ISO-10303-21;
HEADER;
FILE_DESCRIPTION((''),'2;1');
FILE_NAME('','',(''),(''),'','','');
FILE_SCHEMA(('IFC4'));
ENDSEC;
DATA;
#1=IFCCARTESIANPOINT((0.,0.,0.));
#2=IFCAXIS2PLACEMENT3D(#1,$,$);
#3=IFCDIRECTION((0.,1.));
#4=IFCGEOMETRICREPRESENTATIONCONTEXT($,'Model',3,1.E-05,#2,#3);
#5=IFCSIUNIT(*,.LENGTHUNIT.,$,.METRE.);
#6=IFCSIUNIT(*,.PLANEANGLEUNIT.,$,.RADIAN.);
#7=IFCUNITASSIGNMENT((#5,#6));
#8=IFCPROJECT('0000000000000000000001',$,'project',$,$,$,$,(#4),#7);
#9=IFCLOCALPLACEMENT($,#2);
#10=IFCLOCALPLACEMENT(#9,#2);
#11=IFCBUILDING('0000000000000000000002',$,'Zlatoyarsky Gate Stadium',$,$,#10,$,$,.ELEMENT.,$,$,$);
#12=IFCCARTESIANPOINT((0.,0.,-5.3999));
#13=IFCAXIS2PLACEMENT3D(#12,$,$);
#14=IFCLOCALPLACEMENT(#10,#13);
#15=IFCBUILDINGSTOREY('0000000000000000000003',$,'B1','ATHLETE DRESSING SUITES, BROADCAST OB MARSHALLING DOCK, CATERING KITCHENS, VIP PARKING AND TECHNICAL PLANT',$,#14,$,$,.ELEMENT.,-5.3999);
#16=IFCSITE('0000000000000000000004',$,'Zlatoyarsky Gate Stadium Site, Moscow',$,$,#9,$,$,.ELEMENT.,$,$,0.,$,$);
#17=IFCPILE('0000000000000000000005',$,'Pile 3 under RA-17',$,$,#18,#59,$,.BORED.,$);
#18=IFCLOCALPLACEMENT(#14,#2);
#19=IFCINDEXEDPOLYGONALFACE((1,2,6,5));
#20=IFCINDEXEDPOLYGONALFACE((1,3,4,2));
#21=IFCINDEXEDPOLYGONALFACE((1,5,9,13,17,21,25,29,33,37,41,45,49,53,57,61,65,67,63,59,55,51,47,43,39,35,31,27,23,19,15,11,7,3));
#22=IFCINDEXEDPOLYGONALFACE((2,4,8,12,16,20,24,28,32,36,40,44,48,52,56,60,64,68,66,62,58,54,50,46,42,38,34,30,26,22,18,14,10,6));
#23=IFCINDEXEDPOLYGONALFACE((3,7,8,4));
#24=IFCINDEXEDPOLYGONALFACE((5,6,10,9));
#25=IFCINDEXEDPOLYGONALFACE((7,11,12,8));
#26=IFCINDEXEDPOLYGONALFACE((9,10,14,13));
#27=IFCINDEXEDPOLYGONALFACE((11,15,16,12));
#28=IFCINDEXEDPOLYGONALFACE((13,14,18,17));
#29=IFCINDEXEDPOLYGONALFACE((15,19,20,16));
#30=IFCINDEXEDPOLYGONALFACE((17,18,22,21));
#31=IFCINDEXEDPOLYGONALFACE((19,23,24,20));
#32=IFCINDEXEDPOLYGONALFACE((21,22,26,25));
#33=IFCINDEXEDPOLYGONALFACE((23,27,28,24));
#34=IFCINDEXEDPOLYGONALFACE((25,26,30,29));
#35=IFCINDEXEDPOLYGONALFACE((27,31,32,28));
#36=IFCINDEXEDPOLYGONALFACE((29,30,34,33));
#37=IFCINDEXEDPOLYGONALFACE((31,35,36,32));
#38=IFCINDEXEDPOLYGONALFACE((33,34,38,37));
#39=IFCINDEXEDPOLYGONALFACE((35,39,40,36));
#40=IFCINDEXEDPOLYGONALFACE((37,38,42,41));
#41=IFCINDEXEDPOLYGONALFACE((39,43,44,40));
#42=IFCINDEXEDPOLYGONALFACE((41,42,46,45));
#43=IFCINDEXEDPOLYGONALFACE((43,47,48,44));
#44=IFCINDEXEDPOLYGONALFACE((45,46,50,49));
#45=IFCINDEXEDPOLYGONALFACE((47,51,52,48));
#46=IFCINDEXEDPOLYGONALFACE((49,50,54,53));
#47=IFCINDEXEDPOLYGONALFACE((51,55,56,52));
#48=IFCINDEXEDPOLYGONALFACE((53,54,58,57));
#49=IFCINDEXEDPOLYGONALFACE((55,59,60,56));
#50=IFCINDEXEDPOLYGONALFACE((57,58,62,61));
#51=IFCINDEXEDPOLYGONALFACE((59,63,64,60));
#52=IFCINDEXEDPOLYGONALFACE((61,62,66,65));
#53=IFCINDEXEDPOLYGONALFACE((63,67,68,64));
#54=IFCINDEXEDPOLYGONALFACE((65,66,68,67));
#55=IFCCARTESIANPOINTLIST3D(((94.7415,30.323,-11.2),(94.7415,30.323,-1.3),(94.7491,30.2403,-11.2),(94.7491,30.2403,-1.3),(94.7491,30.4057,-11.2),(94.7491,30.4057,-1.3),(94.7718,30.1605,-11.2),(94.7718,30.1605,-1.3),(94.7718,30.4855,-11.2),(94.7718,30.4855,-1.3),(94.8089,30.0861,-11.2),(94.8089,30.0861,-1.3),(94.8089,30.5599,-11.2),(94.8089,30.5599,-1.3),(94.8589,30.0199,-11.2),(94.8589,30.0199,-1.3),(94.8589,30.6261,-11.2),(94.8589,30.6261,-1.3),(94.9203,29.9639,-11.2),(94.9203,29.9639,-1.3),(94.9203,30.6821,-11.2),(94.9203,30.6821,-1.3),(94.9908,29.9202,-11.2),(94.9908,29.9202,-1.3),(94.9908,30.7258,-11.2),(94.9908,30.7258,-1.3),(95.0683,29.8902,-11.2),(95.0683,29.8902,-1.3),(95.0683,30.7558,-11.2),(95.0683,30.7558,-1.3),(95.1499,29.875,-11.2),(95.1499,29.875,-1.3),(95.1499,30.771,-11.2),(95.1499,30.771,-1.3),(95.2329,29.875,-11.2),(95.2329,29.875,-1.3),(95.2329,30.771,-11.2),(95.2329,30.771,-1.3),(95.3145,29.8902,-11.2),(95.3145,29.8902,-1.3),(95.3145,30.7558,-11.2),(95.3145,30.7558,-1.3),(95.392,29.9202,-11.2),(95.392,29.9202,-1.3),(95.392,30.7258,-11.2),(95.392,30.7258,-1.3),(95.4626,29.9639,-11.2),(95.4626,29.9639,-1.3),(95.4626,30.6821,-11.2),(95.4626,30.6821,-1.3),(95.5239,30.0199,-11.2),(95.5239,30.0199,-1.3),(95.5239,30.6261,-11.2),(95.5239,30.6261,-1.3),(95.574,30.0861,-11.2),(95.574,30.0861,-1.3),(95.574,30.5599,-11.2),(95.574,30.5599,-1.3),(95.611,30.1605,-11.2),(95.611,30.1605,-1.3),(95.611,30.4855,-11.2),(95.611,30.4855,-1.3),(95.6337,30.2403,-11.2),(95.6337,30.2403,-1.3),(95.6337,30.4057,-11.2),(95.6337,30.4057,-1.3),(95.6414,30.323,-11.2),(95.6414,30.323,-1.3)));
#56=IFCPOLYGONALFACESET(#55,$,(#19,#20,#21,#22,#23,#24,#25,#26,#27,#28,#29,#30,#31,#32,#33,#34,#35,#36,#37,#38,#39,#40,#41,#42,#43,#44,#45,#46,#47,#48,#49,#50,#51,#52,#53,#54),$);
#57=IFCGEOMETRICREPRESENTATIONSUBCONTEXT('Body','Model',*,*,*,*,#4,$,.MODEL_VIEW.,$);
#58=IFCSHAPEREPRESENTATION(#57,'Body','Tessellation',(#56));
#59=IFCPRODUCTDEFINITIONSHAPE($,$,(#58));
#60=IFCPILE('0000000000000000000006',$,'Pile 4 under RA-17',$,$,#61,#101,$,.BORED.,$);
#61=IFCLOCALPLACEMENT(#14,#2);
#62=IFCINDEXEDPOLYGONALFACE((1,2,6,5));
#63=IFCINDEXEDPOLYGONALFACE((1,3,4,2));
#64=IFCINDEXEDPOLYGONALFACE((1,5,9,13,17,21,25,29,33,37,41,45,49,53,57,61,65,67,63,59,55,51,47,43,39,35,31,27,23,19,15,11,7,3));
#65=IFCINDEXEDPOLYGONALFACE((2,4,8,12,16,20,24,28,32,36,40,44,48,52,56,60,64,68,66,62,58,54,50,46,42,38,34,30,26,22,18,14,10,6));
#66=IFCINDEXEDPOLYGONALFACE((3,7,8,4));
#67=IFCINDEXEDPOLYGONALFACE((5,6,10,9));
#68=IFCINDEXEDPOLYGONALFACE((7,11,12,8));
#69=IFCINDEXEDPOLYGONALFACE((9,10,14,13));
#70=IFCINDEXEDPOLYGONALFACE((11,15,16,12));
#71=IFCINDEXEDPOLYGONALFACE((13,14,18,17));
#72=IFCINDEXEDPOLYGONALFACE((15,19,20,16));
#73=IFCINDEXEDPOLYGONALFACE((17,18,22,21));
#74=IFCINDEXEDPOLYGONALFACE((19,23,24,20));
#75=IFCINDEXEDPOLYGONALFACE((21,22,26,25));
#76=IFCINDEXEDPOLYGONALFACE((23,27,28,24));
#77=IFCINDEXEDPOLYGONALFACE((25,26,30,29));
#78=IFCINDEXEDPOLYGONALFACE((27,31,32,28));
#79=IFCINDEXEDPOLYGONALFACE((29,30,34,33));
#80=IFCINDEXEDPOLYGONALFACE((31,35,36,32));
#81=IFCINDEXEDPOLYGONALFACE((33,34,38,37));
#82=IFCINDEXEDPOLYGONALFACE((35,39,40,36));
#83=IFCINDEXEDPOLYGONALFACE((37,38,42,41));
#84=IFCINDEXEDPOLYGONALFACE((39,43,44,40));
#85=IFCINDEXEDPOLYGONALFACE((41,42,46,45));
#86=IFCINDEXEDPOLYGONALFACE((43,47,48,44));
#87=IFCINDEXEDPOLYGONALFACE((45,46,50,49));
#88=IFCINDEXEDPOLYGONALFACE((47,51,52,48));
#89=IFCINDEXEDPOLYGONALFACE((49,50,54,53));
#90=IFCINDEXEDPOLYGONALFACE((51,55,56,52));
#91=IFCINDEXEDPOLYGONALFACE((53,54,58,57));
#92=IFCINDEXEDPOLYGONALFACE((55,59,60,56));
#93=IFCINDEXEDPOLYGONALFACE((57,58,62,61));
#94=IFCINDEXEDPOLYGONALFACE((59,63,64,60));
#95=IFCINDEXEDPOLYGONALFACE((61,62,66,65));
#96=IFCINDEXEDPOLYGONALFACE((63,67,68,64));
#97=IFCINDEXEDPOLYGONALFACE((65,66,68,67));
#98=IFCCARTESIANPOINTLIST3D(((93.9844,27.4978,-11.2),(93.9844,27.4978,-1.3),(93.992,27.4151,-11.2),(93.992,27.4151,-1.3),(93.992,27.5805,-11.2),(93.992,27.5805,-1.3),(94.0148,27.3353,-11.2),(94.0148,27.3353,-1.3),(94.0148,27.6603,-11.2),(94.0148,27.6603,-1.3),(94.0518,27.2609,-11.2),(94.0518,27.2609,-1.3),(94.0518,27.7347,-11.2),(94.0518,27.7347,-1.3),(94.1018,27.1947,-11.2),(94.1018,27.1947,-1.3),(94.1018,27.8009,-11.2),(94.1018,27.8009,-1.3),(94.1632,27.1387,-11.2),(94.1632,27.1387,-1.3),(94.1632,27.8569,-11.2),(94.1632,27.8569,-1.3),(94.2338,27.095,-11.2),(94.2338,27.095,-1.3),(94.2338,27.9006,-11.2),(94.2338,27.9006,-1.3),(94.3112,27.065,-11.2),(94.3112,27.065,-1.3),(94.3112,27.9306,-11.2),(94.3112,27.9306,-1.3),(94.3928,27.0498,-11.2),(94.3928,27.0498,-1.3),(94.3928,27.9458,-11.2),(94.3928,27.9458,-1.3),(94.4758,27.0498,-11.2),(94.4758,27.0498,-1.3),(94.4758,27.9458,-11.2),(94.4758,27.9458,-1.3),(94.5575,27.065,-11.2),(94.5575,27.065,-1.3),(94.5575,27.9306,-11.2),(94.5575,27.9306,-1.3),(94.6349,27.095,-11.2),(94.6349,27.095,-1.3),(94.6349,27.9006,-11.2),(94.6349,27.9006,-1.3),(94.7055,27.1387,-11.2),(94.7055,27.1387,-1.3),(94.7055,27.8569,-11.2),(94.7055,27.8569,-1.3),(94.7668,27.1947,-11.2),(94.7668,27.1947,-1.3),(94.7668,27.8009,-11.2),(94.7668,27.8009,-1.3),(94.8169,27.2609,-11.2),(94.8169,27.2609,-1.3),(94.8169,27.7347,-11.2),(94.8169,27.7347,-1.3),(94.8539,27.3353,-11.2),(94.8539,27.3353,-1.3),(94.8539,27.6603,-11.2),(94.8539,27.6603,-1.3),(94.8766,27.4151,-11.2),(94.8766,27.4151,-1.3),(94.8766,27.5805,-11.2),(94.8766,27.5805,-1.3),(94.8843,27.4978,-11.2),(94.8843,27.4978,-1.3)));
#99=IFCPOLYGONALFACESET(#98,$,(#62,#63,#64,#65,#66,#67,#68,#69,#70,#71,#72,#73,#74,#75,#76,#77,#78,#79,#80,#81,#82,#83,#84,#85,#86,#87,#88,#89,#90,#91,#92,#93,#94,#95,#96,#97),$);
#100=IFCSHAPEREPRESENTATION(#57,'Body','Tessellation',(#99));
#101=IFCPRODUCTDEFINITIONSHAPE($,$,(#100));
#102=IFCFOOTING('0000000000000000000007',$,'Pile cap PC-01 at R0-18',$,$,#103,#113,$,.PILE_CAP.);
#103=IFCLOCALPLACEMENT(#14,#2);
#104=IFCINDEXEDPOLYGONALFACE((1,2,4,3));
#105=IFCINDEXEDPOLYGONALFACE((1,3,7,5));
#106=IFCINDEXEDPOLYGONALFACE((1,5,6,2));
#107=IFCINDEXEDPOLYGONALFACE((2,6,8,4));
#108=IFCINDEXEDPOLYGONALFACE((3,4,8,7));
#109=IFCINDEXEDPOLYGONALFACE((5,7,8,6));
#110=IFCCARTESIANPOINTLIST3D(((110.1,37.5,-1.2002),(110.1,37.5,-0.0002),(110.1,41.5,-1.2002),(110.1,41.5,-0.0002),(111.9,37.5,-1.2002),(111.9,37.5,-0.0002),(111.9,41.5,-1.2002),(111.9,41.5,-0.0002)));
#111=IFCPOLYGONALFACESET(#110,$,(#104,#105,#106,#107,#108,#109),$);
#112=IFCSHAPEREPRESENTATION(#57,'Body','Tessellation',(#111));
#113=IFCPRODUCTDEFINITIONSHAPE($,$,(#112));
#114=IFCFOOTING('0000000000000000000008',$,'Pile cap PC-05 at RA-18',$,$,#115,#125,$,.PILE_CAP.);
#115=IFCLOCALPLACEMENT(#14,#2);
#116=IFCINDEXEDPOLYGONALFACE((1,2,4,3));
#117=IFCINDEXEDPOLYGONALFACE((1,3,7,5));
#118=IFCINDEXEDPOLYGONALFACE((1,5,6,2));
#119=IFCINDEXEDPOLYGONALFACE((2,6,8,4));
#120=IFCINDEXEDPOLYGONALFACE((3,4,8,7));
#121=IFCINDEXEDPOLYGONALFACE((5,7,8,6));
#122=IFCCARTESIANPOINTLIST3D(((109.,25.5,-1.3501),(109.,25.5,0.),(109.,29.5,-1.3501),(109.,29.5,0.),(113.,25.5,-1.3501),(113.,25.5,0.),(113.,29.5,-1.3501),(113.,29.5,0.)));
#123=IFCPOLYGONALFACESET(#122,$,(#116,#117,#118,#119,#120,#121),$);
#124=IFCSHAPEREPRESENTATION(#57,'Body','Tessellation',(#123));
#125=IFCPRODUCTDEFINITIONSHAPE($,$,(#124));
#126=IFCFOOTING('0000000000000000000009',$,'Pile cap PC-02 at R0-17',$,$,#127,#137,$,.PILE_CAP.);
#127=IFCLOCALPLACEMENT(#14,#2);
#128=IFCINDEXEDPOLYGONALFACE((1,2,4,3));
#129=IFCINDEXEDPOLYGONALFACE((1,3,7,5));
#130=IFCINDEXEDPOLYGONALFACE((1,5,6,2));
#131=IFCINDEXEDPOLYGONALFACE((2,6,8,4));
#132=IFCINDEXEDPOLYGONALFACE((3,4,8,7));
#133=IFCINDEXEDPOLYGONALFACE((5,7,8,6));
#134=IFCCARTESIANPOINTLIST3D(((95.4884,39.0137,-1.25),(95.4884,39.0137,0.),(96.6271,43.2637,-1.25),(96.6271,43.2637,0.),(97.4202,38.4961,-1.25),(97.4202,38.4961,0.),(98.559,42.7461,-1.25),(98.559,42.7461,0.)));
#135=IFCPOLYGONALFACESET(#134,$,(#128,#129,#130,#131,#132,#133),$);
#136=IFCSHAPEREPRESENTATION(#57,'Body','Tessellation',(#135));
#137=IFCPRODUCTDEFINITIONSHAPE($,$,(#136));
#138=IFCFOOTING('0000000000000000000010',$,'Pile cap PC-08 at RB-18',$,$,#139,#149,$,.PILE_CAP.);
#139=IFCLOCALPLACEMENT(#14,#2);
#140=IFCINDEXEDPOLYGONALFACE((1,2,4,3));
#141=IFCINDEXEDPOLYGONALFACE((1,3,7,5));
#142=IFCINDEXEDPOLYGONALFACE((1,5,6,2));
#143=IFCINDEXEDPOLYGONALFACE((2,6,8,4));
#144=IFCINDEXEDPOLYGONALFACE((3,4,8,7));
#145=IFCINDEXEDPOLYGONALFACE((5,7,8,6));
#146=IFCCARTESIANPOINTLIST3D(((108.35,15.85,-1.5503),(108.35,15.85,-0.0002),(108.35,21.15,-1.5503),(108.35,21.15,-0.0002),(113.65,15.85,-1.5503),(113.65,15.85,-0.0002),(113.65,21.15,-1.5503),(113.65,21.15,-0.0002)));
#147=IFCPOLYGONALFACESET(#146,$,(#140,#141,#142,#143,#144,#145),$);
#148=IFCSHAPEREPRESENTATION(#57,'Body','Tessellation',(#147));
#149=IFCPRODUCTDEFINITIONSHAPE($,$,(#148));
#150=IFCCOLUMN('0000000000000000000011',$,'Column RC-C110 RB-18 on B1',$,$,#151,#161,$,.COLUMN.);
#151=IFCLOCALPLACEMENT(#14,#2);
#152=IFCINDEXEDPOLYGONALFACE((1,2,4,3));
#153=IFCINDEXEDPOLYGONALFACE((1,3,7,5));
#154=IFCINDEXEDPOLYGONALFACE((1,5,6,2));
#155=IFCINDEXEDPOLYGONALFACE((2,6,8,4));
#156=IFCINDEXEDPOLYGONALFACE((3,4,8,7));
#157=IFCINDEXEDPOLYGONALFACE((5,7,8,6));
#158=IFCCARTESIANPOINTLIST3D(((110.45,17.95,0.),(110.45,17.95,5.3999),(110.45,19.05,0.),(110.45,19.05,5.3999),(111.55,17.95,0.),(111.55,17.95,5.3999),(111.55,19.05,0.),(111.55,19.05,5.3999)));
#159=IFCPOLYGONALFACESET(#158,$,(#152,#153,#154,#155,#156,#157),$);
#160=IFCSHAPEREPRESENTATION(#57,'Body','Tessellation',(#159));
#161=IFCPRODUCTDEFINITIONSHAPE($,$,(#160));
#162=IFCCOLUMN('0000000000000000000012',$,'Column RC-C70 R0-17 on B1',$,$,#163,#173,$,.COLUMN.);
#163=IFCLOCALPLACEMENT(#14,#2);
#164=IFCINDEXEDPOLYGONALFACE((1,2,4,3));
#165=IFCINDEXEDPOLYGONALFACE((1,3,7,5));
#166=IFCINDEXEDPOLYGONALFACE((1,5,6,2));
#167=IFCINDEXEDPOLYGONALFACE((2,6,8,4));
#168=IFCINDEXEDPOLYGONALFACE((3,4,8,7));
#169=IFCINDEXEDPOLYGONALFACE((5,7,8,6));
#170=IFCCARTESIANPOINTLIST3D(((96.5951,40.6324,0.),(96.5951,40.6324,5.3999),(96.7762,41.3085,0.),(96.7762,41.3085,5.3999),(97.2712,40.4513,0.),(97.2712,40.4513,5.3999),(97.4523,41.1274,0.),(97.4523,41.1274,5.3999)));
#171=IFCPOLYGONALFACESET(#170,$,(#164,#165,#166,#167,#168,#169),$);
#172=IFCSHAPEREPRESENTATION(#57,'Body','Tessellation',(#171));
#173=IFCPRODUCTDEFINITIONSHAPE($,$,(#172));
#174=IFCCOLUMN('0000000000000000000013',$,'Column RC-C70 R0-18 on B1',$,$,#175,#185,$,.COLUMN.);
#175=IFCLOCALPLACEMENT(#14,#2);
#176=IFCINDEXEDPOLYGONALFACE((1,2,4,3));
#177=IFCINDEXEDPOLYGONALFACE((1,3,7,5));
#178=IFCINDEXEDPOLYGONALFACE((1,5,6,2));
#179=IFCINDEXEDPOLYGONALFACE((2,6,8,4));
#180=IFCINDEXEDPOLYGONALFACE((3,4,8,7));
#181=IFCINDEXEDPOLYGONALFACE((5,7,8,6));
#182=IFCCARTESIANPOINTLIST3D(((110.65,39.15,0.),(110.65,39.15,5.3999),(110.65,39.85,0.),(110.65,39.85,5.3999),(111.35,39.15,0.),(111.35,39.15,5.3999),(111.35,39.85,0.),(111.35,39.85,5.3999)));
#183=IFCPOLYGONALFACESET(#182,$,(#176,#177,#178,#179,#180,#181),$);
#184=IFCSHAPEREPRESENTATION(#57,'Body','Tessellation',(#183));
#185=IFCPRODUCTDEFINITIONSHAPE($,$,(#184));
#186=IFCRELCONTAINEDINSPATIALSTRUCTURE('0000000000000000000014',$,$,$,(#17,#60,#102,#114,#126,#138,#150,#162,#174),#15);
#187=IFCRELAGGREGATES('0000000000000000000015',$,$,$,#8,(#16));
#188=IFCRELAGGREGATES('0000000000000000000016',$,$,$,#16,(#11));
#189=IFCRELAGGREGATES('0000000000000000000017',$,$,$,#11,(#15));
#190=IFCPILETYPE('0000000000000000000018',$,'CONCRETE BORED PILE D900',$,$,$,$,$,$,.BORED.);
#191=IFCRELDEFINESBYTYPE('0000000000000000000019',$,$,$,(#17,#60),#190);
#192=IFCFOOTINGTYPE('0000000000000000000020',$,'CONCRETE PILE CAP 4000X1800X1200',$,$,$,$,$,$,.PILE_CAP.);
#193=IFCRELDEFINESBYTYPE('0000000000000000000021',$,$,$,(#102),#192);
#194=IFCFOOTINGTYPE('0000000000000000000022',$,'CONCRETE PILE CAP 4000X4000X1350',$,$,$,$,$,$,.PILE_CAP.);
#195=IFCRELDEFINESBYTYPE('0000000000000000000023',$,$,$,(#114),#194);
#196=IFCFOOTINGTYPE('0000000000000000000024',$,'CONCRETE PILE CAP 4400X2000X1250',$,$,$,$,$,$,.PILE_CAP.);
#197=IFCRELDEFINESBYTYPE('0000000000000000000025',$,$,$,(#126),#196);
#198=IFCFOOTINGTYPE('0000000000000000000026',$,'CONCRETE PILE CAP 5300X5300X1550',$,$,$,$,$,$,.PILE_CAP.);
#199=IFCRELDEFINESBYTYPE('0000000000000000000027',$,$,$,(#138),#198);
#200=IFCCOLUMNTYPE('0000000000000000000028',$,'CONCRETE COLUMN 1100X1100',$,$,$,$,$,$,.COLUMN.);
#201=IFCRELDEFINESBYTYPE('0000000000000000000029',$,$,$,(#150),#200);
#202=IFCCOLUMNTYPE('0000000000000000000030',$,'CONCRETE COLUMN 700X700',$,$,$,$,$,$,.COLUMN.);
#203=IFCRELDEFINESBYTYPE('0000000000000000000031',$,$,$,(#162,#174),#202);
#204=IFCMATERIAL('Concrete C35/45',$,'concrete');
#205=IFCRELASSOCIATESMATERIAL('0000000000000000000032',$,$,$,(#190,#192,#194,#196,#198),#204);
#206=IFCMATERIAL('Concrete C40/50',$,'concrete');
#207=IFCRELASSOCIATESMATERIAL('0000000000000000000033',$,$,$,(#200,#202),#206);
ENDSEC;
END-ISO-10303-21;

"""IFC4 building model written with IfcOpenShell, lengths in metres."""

from ifc_helpers import new_model, si_unit, direction, frame, origin, origin_2d, place, context, subcontext, project, spatial, rectangle, circle, extrude, material, material_profile, profile_set, type_object, element, save


model = new_model("IFC4")

# Units and contexts
model_context = context("Model", 3, precision=1e-05, world=origin(), true_north=direction((0.0, 1.0)))
body_context = subcontext(model_context, "Body", "Model", "MODEL_VIEW")
ifc_project = project(units=[si_unit("LENGTHUNIT", "METRE"), si_unit("PLANEANGLEUNIT", "RADIAN")], contexts=[model_context])

# Site, building, storey
site_placement = place(None, origin())
site = spatial("IfcSite", under=ifc_project, at=site_placement, Name="Zlatoyarsky Gate Stadium Site, Moscow", CompositionType="ELEMENT", RefElevation=0.0)
building_placement = place(site_placement, origin())
building = spatial("IfcBuilding", under=site, at=building_placement, Name="Zlatoyarsky Gate Stadium", CompositionType="ELEMENT")
storey_placement = place(building_placement, frame((0.0, 0.0, -5.3999)))
storey = spatial("IfcBuildingStorey", under=building, at=storey_placement, Name="B1", Description="ATHLETE DRESSING SUITES, BROADCAST OB MARSHALLING DOCK, CATERING KITCHENS, VIP PARKING AND TECHNICAL PLANT", CompositionType="ELEMENT", Elevation=-5.3999)

# Piles
ifc_material_1 = material(Name="Concrete C35/45", Category="concrete")
ifc_material_profile_1 = material_profile(ifc_material_1, circle(Radius=0.45, at=origin_2d()), Name="BORED PILE D900")
ifc_profile_set_1 = profile_set([ifc_material_profile_1], Name="Concrete C35/45")
pile_type_1 = type_object("IfcPileType", Name="CONCRETE BORED PILE D900", PredefinedType="BORED", material=ifc_profile_set_1)
for number, where, z_axis, x_axis, name in (
    (1, (95.1914, 30.323, -1.3), (0.0, 0.0, -1.0), (1.0, 0.0, 0.0), "Pile 3 under RA-17"),
    (2, (94.4343, 27.4978, -1.3), (0.0, 0.0, -1.0), (1.0, 0.0, 0.0), "Pile 4 under RA-17"),
):
    element("IfcPile", number, at=place(storey_placement, frame(where, z_axis=z_axis, x_axis=x_axis)), inside=storey, type_object=pile_type_1, Name=name, PredefinedType="BORED", context=body_context, shape_type="SweptSolid", body=[
        extrude(circle(Radius=0.45, at=origin_2d()), origin(), (0.0, 0.0, 1.0), 9.8999),
    ])

# Footings
footing_type_1 = type_object("IfcFootingType", Name="CONCRETE PILE CAP 4000X1800X1200", PredefinedType="PILE_CAP", material=ifc_material_1)
footing_1_placement = place(storey_placement, frame((111.0, 39.5, -1.2002), z_axis=(0.0, 0.0, 1.0), x_axis=(0.0, -1.0, 0.0)))
element("IfcFooting", 3, at=footing_1_placement, inside=storey, type_object=footing_type_1, Name="Pile cap PC-01 at R0-18", PredefinedType="PILE_CAP", context=body_context, shape_type="SweptSolid", body=[
    extrude(rectangle(XDim=4.0, YDim=1.8, at=origin_2d()), origin(), (0.0, 0.0, 1.0), 1.2),
])
footing_type_2 = type_object("IfcFootingType", Name="CONCRETE PILE CAP 4000X4000X1350", PredefinedType="PILE_CAP", material=ifc_material_1)
footing_2_placement = place(storey_placement, frame((111.0, 27.5, -1.3501), z_axis=(0.0, 0.0, 1.0), x_axis=(0.0, -1.0, 0.0)))
element("IfcFooting", 4, at=footing_2_placement, inside=storey, type_object=footing_type_2, Name="Pile cap PC-05 at RA-18", PredefinedType="PILE_CAP", context=body_context, shape_type="SweptSolid", body=[
    extrude(rectangle(XDim=4.0, YDim=4.0, at=origin_2d()), origin(), (0.0, 0.0, 1.0), 1.3501),
])
footing_type_3 = type_object("IfcFootingType", Name="CONCRETE PILE CAP 4400X2000X1250", PredefinedType="PILE_CAP", material=ifc_material_1)
footing_3_placement = place(storey_placement, frame((97.0237, 40.8799, -1.25), z_axis=(0.0, 0.0, 1.0), x_axis=(-0.258819, -0.965926, 0.0)))
element("IfcFooting", 5, at=footing_3_placement, inside=storey, type_object=footing_type_3, Name="Pile cap PC-02 at R0-17", PredefinedType="PILE_CAP", context=body_context, shape_type="SweptSolid", body=[
    extrude(rectangle(XDim=4.3999, YDim=2.0, at=origin_2d()), origin(), (0.0, 0.0, 1.0), 1.25),
])
footing_type_4 = type_object("IfcFootingType", Name="CONCRETE PILE CAP 5300X5300X1550", PredefinedType="PILE_CAP", material=ifc_material_1)
footing_4_placement = place(storey_placement, frame((111.0, 18.5, -1.5503), z_axis=(0.0, 0.0, 1.0), x_axis=(0.0, -1.0, 0.0)))
element("IfcFooting", 6, at=footing_4_placement, inside=storey, type_object=footing_type_4, Name="Pile cap PC-08 at RB-18", PredefinedType="PILE_CAP", context=body_context, shape_type="SweptSolid", body=[
    extrude(rectangle(XDim=5.3, YDim=5.3, at=origin_2d()), origin(), (0.0, 0.0, 1.0), 1.55),
])

# Columns
ifc_material_2 = material(Name="Concrete C40/50", Category="concrete")
ifc_material_profile_2 = material_profile(ifc_material_2, rectangle(XDim=1.1001, YDim=1.1001, at=origin_2d()), Name="RC COL 1100X1100")
ifc_profile_set_2 = profile_set([ifc_material_profile_2], Name="Concrete C40/50")
column_type_1 = type_object("IfcColumnType", Name="CONCRETE COLUMN 1100X1100", PredefinedType="COLUMN", material=ifc_profile_set_2)
column_placement = place(storey_placement, frame((111.0, 18.5, 0.0), z_axis=(0.0, 0.0, 1.0), x_axis=(0.0, -1.0, 0.0)))
element("IfcColumn", 7, at=column_placement, inside=storey, type_object=column_type_1, Name="Column RC-C110 RB-18 on B1", PredefinedType="COLUMN", context=body_context, shape_type="SweptSolid", body=[
    extrude(rectangle(XDim=1.1001, YDim=1.1001, at=origin_2d()), origin(), (0.0, 0.0, 1.0), 5.3999),
])
ifc_material_profile_3 = material_profile(ifc_material_2, rectangle(XDim=0.7, YDim=0.7, at=origin_2d()), Name="RC COL 700X700")
ifc_profile_set_3 = profile_set([ifc_material_profile_3], Name="Concrete C40/50")
column_type_2 = type_object("IfcColumnType", Name="CONCRETE COLUMN 700X700", PredefinedType="COLUMN", material=ifc_profile_set_3)
for number, where, z_axis, x_axis, name in (
    (8, (97.0237, 40.8799, 0.0), (0.0, 0.0, 1.0), (-0.258819, -0.965926, 0.0), "Column RC-C70 R0-17 on B1"),
    (9, (111.0, 39.5, 0.0), (0.0, 0.0, 1.0), (0.0, -1.0, 0.0), "Column RC-C70 R0-18 on B1"),
):
    element("IfcColumn", number, at=place(storey_placement, frame(where, z_axis=z_axis, x_axis=x_axis)), inside=storey, type_object=column_type_2, Name=name, PredefinedType="COLUMN", context=body_context, shape_type="SweptSolid", body=[
        extrude(rectangle(XDim=0.7, YDim=0.7, at=origin_2d()), origin(), (0.0, 0.0, 1.0), 5.3999),
    ])

save(model, "model.ifc")
